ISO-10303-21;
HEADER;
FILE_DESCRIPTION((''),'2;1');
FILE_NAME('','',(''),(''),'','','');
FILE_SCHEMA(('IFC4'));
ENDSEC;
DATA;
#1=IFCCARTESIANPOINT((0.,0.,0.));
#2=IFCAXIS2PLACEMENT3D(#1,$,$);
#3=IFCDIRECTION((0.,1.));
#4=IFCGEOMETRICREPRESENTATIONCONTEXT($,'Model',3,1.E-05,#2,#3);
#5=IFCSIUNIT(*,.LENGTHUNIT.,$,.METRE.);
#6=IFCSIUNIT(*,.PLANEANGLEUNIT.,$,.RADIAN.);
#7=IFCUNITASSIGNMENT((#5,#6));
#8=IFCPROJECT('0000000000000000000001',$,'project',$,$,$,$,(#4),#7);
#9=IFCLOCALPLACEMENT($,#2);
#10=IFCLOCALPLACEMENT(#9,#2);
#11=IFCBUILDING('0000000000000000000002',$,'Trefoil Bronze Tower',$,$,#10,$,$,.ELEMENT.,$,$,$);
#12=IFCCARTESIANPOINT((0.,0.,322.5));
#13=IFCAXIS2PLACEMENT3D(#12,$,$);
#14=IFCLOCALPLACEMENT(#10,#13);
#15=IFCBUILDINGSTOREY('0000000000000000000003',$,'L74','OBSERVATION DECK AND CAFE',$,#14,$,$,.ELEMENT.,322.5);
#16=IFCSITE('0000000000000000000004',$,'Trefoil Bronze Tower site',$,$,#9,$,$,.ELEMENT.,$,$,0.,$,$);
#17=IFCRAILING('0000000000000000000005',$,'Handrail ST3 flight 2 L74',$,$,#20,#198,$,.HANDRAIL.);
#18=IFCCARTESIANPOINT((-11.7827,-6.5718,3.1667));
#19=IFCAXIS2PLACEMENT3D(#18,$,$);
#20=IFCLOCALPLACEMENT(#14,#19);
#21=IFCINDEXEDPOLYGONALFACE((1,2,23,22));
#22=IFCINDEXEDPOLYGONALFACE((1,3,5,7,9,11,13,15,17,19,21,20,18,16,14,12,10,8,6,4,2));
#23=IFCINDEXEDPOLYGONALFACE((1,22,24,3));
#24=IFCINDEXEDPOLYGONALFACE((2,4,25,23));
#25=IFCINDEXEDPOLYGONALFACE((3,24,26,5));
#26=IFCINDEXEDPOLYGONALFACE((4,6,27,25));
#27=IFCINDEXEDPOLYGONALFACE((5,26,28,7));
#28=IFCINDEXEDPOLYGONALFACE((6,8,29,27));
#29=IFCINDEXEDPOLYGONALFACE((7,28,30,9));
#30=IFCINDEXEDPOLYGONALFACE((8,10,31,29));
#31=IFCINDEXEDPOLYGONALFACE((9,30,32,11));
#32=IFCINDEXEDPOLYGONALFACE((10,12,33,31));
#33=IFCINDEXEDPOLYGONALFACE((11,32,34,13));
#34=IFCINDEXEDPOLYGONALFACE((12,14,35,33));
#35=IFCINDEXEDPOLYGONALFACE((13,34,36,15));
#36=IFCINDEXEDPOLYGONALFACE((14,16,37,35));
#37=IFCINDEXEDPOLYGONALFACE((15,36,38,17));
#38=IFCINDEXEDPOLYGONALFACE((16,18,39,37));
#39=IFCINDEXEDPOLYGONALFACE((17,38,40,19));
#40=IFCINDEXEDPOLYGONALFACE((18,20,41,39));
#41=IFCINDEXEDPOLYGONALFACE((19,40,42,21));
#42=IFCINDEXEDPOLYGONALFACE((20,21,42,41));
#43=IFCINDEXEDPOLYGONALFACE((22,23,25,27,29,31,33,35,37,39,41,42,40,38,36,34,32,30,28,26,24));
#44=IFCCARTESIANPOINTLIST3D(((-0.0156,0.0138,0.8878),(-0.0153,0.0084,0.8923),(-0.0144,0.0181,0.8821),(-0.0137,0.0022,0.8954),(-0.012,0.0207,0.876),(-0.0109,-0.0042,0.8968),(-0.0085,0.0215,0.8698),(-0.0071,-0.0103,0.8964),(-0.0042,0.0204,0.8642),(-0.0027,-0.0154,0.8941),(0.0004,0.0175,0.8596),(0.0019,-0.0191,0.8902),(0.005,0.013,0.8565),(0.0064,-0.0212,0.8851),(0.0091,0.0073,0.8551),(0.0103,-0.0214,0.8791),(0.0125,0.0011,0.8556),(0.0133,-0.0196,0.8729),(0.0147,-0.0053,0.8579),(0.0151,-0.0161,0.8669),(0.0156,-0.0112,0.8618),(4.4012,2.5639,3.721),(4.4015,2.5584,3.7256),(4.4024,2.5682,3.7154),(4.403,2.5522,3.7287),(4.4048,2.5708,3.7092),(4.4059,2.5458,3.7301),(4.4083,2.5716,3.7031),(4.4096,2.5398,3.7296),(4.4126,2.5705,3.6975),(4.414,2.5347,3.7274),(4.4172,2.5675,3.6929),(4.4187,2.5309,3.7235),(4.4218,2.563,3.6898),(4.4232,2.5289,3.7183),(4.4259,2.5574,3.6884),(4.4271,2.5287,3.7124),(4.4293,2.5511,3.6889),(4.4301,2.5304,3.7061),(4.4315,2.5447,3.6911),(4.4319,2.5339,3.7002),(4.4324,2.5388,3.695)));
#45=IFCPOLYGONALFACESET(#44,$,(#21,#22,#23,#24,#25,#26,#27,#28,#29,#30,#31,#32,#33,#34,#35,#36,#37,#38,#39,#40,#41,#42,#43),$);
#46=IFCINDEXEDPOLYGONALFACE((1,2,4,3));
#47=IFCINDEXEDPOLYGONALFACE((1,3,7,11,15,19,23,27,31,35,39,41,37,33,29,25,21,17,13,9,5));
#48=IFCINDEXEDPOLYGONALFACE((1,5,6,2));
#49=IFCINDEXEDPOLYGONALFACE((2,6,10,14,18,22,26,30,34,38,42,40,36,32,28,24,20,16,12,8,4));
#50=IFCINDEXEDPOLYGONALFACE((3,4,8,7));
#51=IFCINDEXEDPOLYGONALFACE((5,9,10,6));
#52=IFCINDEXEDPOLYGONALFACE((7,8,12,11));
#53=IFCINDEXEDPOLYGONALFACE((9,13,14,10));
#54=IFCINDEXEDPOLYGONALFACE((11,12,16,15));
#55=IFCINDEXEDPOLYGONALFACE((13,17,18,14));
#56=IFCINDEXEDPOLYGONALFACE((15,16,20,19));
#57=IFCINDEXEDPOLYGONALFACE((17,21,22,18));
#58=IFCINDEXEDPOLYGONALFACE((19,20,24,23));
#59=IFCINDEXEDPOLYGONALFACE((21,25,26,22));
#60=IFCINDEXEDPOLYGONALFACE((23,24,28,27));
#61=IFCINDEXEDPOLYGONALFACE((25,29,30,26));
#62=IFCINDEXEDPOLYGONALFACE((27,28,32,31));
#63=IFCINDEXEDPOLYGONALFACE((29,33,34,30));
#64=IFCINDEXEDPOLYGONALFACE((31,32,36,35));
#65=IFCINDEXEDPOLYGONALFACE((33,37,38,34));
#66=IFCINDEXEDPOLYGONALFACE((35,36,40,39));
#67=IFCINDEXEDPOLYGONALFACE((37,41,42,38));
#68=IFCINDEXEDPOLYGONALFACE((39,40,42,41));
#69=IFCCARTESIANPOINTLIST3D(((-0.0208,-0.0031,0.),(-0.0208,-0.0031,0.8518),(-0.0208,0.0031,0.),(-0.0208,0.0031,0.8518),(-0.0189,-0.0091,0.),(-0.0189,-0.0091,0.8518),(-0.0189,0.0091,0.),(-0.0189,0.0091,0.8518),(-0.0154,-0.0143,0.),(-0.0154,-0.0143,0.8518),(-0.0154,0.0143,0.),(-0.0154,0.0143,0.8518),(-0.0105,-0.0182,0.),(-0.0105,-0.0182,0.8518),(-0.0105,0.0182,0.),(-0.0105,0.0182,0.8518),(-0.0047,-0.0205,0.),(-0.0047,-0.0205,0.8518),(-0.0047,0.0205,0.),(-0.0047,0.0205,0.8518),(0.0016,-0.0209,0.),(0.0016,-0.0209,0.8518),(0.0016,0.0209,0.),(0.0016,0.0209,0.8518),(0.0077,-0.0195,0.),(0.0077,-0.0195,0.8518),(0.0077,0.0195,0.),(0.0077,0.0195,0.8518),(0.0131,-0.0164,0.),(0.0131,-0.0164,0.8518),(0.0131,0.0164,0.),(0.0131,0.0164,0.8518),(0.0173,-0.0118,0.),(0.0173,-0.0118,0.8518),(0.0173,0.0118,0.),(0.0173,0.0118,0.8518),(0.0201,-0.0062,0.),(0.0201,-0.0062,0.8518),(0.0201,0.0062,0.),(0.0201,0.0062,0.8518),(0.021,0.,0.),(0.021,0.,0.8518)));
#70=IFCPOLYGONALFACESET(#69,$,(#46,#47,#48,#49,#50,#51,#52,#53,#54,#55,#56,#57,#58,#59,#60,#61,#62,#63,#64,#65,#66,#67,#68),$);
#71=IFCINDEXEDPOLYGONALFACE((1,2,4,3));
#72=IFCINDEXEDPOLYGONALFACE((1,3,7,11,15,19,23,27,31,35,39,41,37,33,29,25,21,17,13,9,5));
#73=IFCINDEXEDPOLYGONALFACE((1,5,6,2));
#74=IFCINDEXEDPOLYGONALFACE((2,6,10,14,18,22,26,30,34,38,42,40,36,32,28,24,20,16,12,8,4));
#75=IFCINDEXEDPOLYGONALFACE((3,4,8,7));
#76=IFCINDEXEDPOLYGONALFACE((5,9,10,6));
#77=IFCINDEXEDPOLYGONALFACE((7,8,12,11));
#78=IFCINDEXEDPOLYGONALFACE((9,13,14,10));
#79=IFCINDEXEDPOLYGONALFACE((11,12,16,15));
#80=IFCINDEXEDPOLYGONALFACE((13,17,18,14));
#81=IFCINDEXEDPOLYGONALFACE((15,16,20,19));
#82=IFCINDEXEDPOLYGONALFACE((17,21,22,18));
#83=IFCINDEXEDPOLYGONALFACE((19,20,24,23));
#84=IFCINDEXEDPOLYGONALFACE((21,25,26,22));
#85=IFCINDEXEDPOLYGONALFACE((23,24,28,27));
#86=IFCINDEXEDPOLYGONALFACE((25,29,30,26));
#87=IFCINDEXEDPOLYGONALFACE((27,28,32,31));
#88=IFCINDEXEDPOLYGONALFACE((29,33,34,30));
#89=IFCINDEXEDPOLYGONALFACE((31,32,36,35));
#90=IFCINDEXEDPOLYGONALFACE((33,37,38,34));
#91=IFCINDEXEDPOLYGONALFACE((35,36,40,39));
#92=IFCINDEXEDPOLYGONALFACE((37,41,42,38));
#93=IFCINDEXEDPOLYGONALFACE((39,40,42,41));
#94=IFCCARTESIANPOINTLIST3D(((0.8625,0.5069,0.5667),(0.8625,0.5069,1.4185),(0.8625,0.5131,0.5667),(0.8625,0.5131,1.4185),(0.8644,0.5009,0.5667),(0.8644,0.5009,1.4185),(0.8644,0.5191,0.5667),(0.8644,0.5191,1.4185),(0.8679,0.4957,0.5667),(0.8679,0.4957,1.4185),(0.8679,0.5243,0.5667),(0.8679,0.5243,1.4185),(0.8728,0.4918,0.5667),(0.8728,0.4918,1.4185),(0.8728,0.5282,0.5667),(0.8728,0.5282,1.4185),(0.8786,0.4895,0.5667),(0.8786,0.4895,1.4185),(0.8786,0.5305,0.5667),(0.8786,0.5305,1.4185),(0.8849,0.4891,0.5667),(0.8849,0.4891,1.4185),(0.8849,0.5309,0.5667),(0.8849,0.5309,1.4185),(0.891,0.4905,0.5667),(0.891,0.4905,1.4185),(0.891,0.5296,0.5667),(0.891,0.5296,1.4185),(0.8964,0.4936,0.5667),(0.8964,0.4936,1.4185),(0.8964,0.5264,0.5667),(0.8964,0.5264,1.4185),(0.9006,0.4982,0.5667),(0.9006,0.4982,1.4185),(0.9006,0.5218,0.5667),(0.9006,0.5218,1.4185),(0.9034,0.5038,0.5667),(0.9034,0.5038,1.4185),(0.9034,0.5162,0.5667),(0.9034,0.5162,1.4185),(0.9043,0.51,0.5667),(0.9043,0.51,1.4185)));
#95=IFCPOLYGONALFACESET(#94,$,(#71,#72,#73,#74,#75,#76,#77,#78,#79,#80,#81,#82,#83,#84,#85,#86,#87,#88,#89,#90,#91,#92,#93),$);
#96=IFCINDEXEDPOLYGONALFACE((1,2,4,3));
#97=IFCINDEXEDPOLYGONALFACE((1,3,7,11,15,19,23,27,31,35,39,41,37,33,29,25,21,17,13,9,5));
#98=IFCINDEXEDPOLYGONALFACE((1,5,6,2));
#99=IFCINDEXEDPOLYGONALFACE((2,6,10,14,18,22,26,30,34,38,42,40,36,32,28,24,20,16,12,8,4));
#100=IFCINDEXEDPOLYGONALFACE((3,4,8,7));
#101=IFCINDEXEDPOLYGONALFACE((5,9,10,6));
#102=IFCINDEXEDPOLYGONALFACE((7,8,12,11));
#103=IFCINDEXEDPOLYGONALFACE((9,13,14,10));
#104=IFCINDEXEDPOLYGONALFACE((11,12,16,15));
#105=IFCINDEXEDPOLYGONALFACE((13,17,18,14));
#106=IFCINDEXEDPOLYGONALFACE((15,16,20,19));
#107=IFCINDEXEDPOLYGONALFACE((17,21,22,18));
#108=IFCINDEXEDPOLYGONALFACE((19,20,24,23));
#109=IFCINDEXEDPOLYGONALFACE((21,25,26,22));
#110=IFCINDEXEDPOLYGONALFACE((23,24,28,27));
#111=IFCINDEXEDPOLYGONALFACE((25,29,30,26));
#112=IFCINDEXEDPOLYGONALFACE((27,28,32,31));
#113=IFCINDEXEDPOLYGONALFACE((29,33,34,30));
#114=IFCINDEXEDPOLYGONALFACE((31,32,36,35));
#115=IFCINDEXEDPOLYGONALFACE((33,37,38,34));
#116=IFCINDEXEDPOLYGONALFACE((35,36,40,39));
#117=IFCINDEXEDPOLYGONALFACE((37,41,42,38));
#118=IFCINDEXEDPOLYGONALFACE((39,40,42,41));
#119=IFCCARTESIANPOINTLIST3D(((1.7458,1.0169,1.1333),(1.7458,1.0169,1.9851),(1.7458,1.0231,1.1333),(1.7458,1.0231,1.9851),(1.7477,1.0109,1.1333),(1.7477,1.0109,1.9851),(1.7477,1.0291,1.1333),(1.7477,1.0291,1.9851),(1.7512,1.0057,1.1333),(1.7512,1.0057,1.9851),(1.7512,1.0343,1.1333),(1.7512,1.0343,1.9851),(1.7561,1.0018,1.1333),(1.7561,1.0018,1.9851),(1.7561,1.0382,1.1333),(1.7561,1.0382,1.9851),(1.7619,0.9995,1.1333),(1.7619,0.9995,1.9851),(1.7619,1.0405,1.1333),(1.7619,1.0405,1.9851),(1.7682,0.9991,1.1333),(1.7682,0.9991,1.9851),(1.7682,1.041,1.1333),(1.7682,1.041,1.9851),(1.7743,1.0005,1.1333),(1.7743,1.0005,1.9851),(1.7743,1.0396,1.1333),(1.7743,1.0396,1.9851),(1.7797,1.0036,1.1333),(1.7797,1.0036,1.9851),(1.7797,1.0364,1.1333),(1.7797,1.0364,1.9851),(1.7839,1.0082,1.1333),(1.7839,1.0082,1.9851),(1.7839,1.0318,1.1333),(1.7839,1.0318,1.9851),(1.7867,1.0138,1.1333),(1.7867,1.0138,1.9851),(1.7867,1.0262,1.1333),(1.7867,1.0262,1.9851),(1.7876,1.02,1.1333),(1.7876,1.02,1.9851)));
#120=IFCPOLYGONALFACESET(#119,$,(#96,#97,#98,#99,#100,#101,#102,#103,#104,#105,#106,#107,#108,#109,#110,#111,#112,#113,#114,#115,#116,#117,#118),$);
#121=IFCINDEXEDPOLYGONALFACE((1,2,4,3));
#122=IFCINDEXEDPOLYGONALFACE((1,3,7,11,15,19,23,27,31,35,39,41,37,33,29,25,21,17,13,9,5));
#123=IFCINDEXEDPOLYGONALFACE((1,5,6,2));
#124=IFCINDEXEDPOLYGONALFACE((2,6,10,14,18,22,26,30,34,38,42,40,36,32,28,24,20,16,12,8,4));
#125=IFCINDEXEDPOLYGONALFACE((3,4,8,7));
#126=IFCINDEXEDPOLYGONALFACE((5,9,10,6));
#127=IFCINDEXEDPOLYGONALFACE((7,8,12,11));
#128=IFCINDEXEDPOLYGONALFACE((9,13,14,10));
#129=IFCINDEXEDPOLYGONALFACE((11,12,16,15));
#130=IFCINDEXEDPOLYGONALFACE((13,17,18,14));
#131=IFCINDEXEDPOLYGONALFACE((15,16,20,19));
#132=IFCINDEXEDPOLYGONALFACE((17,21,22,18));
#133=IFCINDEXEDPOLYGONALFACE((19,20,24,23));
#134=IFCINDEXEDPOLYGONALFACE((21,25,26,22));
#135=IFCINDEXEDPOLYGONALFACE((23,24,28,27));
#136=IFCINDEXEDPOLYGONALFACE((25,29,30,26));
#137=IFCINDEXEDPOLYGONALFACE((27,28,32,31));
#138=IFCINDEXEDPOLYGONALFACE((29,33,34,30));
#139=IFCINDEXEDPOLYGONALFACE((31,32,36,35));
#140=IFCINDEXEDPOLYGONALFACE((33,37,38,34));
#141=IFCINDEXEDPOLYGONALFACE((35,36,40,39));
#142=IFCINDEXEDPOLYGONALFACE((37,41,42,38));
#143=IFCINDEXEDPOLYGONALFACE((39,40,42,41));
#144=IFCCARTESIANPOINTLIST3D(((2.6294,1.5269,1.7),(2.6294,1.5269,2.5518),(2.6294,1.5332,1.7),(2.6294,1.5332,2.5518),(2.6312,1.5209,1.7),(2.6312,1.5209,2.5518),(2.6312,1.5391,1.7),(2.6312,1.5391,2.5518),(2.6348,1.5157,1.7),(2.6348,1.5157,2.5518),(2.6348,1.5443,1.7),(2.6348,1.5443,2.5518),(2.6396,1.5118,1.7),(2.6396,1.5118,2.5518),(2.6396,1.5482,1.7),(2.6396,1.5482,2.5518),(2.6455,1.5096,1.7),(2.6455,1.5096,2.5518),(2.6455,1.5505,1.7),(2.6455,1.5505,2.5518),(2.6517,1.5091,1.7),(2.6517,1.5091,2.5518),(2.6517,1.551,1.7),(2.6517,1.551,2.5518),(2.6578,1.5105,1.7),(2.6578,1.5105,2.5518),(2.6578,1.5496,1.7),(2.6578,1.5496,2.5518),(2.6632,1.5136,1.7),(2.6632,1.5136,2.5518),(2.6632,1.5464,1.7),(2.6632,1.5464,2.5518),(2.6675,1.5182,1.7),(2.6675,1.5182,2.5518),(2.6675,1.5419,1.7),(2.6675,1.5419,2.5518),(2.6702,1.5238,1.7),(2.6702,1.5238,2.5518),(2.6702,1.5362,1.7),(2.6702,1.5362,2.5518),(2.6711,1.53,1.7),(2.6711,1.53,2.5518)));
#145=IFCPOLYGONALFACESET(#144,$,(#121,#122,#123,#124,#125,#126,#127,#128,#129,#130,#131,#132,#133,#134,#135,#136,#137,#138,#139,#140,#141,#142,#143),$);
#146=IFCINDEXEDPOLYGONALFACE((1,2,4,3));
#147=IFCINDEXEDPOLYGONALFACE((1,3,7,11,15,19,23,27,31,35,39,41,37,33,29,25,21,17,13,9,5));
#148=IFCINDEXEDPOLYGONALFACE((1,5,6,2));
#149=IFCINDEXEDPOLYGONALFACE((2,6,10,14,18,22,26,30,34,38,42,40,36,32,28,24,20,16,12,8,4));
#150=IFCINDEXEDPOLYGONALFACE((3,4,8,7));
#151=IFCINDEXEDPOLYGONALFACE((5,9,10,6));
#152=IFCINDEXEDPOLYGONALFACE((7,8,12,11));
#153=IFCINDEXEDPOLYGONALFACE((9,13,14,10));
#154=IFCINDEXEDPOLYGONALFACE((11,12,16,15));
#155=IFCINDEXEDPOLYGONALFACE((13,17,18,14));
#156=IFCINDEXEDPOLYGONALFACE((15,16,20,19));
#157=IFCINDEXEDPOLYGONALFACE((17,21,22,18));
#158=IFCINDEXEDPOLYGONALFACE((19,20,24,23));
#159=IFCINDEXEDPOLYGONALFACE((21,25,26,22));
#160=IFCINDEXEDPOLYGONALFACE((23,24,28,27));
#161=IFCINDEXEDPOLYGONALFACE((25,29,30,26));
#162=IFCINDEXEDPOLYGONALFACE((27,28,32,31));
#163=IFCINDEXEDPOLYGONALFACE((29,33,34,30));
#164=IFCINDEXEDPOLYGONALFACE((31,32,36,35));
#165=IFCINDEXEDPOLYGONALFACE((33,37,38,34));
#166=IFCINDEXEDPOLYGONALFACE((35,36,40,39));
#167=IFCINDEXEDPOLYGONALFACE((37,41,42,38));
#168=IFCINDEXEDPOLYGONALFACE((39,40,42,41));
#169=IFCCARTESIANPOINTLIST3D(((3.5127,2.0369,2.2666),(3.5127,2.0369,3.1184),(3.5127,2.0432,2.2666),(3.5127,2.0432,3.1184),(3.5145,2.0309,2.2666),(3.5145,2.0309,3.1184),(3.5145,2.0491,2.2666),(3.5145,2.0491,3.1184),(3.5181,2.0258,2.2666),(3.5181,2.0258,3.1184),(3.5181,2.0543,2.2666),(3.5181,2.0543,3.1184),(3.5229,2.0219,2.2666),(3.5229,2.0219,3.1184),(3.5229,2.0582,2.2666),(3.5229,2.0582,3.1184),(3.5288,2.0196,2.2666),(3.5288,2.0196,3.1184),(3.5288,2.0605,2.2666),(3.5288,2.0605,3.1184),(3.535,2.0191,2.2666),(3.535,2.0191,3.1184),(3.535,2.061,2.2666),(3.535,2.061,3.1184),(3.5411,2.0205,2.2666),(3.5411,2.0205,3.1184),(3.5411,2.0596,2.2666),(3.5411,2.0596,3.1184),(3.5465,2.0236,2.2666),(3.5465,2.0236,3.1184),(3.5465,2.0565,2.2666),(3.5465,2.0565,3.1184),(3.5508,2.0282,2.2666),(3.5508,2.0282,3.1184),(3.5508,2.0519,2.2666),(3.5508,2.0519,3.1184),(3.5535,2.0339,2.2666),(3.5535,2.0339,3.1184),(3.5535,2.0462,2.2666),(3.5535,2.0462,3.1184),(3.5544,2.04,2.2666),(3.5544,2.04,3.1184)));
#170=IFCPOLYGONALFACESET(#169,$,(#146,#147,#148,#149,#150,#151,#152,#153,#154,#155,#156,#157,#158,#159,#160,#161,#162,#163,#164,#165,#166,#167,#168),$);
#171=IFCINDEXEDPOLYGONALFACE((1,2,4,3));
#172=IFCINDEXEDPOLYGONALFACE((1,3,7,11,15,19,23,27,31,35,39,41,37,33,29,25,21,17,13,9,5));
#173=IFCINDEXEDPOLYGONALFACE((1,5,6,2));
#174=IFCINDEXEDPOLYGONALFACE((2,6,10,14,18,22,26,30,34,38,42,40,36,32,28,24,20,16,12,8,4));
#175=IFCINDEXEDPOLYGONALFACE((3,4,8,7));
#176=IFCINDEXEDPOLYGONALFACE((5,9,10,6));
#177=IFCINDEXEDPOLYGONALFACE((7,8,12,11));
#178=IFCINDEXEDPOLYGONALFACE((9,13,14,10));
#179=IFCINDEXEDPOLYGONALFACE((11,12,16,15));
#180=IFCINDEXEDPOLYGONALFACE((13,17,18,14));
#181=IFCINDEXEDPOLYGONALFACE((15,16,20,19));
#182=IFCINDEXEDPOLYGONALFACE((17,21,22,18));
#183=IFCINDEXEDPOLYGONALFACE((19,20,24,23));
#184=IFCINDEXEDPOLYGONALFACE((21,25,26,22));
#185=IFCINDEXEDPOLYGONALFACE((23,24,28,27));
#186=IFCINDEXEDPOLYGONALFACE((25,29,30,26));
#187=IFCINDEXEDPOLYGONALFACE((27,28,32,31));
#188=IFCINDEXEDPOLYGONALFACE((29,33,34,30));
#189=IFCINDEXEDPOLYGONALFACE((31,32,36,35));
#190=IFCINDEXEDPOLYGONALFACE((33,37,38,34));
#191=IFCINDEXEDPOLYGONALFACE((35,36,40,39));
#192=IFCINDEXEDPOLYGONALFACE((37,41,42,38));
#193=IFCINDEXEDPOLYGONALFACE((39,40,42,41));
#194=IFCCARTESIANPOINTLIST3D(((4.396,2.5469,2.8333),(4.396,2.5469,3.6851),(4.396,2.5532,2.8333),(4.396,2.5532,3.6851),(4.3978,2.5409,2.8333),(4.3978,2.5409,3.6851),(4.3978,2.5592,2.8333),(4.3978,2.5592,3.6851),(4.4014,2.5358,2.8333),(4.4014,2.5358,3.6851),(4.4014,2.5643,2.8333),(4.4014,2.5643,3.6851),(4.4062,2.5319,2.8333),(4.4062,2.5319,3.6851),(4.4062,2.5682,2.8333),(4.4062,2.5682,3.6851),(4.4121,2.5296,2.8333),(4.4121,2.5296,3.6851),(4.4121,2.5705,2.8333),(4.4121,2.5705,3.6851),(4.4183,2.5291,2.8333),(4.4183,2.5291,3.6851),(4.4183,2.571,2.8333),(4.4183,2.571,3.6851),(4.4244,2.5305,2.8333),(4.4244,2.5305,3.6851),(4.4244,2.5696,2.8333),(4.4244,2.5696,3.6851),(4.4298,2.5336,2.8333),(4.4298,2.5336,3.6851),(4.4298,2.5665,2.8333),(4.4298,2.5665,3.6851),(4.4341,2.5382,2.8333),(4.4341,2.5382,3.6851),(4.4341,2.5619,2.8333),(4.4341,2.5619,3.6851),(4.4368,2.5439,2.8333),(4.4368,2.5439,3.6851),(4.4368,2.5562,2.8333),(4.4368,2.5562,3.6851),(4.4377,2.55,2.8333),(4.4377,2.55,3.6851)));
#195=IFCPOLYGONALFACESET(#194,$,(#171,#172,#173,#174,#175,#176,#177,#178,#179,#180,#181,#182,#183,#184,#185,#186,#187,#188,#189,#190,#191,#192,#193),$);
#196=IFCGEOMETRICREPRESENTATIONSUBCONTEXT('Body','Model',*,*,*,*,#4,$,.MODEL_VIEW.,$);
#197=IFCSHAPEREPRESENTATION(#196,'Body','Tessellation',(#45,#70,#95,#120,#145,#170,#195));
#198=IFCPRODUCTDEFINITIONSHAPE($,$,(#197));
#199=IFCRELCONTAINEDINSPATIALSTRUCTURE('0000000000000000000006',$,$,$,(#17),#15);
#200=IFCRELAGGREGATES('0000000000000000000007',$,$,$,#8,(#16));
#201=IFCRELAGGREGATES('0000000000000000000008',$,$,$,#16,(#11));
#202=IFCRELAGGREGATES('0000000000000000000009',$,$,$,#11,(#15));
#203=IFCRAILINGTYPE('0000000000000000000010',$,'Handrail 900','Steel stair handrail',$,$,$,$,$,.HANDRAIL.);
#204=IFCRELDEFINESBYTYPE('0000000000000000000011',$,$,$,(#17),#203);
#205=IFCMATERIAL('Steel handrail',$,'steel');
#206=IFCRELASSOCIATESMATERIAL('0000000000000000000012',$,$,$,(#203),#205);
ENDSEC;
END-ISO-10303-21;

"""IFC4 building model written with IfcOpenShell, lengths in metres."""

from ifc_helpers import new_model, si_unit, direction, frame, origin, origin_2d, place, context, subcontext, project, spatial, circle, extrude, material, type_object, element, save


model = new_model("IFC4")

# Units and contexts
model_context = context("Model", 3, precision=1e-05, world=origin(), true_north=direction((0.0, 1.0)))
body_context = subcontext(model_context, "Body", "Model", "MODEL_VIEW")
ifc_project = project(units=[si_unit("LENGTHUNIT", "METRE"), si_unit("PLANEANGLEUNIT", "RADIAN")], contexts=[model_context])

# Site, building, storey
site_placement = place(None, origin())
site = spatial("IfcSite", under=ifc_project, at=site_placement, Name="Trefoil Bronze Tower site", CompositionType="ELEMENT", RefElevation=0.0)
building_placement = place(site_placement, origin())
building = spatial("IfcBuilding", under=site, at=building_placement, Name="Trefoil Bronze Tower", CompositionType="ELEMENT")
storey_placement = place(building_placement, frame((0.0, 0.0, 322.5)))
storey = spatial("IfcBuildingStorey", under=building, at=storey_placement, Name="L74", Description="OBSERVATION DECK AND CAFE", CompositionType="ELEMENT", Elevation=322.5)

# Railing
ifc_material_1 = material(Name="Steel handrail", Category="steel")
railing_type = type_object("IfcRailingType", Name="Handrail 900", Description="Steel stair handrail", PredefinedType="HANDRAIL", material=ifc_material_1)
railing_placement = place(storey_placement, frame((-11.7827, -6.5718, 3.1667)))
element("IfcRailing", 1, at=railing_placement, inside=storey, type_object=railing_type, Name="Handrail ST3 flight 2 L74", PredefinedType="HANDRAIL", context=body_context, shape_type="SweptSolid", body=[
    extrude(circle(Radius=0.0239, at=origin_2d()), frame((0.0, 0.0, 0.876), z_axis=(0.757046, 0.437087, 0.485629), x_axis=(-0.500006, 0.866022, 0.0)), (0.0, 0.0, 1.0), 5.8342),
    extrude(circle(Radius=0.021, at=origin_2d()), origin(), (0.0, 0.0, 1.0), 0.8518),
    extrude(circle(Radius=0.021, at=origin_2d()), frame((0.8833, 0.51, 0.5667)), (0.0, 0.0, 1.0), 0.8518),
    extrude(circle(Radius=0.021, at=origin_2d()), frame((1.7666, 1.02, 1.1333)), (0.0, 0.0, 1.0), 0.8518),
    extrude(circle(Radius=0.021, at=origin_2d()), frame((2.6501, 1.53, 1.7)), (0.0, 0.0, 1.0), 0.8518),
    extrude(circle(Radius=0.021, at=origin_2d()), frame((3.5334, 2.04, 2.2666)), (0.0, 0.0, 1.0), 0.8518),
    extrude(circle(Radius=0.021, at=origin_2d()), frame((4.4167, 2.55, 2.8333)), (0.0, 0.0, 1.0), 0.8518),
])

save(model, "model.ifc")
